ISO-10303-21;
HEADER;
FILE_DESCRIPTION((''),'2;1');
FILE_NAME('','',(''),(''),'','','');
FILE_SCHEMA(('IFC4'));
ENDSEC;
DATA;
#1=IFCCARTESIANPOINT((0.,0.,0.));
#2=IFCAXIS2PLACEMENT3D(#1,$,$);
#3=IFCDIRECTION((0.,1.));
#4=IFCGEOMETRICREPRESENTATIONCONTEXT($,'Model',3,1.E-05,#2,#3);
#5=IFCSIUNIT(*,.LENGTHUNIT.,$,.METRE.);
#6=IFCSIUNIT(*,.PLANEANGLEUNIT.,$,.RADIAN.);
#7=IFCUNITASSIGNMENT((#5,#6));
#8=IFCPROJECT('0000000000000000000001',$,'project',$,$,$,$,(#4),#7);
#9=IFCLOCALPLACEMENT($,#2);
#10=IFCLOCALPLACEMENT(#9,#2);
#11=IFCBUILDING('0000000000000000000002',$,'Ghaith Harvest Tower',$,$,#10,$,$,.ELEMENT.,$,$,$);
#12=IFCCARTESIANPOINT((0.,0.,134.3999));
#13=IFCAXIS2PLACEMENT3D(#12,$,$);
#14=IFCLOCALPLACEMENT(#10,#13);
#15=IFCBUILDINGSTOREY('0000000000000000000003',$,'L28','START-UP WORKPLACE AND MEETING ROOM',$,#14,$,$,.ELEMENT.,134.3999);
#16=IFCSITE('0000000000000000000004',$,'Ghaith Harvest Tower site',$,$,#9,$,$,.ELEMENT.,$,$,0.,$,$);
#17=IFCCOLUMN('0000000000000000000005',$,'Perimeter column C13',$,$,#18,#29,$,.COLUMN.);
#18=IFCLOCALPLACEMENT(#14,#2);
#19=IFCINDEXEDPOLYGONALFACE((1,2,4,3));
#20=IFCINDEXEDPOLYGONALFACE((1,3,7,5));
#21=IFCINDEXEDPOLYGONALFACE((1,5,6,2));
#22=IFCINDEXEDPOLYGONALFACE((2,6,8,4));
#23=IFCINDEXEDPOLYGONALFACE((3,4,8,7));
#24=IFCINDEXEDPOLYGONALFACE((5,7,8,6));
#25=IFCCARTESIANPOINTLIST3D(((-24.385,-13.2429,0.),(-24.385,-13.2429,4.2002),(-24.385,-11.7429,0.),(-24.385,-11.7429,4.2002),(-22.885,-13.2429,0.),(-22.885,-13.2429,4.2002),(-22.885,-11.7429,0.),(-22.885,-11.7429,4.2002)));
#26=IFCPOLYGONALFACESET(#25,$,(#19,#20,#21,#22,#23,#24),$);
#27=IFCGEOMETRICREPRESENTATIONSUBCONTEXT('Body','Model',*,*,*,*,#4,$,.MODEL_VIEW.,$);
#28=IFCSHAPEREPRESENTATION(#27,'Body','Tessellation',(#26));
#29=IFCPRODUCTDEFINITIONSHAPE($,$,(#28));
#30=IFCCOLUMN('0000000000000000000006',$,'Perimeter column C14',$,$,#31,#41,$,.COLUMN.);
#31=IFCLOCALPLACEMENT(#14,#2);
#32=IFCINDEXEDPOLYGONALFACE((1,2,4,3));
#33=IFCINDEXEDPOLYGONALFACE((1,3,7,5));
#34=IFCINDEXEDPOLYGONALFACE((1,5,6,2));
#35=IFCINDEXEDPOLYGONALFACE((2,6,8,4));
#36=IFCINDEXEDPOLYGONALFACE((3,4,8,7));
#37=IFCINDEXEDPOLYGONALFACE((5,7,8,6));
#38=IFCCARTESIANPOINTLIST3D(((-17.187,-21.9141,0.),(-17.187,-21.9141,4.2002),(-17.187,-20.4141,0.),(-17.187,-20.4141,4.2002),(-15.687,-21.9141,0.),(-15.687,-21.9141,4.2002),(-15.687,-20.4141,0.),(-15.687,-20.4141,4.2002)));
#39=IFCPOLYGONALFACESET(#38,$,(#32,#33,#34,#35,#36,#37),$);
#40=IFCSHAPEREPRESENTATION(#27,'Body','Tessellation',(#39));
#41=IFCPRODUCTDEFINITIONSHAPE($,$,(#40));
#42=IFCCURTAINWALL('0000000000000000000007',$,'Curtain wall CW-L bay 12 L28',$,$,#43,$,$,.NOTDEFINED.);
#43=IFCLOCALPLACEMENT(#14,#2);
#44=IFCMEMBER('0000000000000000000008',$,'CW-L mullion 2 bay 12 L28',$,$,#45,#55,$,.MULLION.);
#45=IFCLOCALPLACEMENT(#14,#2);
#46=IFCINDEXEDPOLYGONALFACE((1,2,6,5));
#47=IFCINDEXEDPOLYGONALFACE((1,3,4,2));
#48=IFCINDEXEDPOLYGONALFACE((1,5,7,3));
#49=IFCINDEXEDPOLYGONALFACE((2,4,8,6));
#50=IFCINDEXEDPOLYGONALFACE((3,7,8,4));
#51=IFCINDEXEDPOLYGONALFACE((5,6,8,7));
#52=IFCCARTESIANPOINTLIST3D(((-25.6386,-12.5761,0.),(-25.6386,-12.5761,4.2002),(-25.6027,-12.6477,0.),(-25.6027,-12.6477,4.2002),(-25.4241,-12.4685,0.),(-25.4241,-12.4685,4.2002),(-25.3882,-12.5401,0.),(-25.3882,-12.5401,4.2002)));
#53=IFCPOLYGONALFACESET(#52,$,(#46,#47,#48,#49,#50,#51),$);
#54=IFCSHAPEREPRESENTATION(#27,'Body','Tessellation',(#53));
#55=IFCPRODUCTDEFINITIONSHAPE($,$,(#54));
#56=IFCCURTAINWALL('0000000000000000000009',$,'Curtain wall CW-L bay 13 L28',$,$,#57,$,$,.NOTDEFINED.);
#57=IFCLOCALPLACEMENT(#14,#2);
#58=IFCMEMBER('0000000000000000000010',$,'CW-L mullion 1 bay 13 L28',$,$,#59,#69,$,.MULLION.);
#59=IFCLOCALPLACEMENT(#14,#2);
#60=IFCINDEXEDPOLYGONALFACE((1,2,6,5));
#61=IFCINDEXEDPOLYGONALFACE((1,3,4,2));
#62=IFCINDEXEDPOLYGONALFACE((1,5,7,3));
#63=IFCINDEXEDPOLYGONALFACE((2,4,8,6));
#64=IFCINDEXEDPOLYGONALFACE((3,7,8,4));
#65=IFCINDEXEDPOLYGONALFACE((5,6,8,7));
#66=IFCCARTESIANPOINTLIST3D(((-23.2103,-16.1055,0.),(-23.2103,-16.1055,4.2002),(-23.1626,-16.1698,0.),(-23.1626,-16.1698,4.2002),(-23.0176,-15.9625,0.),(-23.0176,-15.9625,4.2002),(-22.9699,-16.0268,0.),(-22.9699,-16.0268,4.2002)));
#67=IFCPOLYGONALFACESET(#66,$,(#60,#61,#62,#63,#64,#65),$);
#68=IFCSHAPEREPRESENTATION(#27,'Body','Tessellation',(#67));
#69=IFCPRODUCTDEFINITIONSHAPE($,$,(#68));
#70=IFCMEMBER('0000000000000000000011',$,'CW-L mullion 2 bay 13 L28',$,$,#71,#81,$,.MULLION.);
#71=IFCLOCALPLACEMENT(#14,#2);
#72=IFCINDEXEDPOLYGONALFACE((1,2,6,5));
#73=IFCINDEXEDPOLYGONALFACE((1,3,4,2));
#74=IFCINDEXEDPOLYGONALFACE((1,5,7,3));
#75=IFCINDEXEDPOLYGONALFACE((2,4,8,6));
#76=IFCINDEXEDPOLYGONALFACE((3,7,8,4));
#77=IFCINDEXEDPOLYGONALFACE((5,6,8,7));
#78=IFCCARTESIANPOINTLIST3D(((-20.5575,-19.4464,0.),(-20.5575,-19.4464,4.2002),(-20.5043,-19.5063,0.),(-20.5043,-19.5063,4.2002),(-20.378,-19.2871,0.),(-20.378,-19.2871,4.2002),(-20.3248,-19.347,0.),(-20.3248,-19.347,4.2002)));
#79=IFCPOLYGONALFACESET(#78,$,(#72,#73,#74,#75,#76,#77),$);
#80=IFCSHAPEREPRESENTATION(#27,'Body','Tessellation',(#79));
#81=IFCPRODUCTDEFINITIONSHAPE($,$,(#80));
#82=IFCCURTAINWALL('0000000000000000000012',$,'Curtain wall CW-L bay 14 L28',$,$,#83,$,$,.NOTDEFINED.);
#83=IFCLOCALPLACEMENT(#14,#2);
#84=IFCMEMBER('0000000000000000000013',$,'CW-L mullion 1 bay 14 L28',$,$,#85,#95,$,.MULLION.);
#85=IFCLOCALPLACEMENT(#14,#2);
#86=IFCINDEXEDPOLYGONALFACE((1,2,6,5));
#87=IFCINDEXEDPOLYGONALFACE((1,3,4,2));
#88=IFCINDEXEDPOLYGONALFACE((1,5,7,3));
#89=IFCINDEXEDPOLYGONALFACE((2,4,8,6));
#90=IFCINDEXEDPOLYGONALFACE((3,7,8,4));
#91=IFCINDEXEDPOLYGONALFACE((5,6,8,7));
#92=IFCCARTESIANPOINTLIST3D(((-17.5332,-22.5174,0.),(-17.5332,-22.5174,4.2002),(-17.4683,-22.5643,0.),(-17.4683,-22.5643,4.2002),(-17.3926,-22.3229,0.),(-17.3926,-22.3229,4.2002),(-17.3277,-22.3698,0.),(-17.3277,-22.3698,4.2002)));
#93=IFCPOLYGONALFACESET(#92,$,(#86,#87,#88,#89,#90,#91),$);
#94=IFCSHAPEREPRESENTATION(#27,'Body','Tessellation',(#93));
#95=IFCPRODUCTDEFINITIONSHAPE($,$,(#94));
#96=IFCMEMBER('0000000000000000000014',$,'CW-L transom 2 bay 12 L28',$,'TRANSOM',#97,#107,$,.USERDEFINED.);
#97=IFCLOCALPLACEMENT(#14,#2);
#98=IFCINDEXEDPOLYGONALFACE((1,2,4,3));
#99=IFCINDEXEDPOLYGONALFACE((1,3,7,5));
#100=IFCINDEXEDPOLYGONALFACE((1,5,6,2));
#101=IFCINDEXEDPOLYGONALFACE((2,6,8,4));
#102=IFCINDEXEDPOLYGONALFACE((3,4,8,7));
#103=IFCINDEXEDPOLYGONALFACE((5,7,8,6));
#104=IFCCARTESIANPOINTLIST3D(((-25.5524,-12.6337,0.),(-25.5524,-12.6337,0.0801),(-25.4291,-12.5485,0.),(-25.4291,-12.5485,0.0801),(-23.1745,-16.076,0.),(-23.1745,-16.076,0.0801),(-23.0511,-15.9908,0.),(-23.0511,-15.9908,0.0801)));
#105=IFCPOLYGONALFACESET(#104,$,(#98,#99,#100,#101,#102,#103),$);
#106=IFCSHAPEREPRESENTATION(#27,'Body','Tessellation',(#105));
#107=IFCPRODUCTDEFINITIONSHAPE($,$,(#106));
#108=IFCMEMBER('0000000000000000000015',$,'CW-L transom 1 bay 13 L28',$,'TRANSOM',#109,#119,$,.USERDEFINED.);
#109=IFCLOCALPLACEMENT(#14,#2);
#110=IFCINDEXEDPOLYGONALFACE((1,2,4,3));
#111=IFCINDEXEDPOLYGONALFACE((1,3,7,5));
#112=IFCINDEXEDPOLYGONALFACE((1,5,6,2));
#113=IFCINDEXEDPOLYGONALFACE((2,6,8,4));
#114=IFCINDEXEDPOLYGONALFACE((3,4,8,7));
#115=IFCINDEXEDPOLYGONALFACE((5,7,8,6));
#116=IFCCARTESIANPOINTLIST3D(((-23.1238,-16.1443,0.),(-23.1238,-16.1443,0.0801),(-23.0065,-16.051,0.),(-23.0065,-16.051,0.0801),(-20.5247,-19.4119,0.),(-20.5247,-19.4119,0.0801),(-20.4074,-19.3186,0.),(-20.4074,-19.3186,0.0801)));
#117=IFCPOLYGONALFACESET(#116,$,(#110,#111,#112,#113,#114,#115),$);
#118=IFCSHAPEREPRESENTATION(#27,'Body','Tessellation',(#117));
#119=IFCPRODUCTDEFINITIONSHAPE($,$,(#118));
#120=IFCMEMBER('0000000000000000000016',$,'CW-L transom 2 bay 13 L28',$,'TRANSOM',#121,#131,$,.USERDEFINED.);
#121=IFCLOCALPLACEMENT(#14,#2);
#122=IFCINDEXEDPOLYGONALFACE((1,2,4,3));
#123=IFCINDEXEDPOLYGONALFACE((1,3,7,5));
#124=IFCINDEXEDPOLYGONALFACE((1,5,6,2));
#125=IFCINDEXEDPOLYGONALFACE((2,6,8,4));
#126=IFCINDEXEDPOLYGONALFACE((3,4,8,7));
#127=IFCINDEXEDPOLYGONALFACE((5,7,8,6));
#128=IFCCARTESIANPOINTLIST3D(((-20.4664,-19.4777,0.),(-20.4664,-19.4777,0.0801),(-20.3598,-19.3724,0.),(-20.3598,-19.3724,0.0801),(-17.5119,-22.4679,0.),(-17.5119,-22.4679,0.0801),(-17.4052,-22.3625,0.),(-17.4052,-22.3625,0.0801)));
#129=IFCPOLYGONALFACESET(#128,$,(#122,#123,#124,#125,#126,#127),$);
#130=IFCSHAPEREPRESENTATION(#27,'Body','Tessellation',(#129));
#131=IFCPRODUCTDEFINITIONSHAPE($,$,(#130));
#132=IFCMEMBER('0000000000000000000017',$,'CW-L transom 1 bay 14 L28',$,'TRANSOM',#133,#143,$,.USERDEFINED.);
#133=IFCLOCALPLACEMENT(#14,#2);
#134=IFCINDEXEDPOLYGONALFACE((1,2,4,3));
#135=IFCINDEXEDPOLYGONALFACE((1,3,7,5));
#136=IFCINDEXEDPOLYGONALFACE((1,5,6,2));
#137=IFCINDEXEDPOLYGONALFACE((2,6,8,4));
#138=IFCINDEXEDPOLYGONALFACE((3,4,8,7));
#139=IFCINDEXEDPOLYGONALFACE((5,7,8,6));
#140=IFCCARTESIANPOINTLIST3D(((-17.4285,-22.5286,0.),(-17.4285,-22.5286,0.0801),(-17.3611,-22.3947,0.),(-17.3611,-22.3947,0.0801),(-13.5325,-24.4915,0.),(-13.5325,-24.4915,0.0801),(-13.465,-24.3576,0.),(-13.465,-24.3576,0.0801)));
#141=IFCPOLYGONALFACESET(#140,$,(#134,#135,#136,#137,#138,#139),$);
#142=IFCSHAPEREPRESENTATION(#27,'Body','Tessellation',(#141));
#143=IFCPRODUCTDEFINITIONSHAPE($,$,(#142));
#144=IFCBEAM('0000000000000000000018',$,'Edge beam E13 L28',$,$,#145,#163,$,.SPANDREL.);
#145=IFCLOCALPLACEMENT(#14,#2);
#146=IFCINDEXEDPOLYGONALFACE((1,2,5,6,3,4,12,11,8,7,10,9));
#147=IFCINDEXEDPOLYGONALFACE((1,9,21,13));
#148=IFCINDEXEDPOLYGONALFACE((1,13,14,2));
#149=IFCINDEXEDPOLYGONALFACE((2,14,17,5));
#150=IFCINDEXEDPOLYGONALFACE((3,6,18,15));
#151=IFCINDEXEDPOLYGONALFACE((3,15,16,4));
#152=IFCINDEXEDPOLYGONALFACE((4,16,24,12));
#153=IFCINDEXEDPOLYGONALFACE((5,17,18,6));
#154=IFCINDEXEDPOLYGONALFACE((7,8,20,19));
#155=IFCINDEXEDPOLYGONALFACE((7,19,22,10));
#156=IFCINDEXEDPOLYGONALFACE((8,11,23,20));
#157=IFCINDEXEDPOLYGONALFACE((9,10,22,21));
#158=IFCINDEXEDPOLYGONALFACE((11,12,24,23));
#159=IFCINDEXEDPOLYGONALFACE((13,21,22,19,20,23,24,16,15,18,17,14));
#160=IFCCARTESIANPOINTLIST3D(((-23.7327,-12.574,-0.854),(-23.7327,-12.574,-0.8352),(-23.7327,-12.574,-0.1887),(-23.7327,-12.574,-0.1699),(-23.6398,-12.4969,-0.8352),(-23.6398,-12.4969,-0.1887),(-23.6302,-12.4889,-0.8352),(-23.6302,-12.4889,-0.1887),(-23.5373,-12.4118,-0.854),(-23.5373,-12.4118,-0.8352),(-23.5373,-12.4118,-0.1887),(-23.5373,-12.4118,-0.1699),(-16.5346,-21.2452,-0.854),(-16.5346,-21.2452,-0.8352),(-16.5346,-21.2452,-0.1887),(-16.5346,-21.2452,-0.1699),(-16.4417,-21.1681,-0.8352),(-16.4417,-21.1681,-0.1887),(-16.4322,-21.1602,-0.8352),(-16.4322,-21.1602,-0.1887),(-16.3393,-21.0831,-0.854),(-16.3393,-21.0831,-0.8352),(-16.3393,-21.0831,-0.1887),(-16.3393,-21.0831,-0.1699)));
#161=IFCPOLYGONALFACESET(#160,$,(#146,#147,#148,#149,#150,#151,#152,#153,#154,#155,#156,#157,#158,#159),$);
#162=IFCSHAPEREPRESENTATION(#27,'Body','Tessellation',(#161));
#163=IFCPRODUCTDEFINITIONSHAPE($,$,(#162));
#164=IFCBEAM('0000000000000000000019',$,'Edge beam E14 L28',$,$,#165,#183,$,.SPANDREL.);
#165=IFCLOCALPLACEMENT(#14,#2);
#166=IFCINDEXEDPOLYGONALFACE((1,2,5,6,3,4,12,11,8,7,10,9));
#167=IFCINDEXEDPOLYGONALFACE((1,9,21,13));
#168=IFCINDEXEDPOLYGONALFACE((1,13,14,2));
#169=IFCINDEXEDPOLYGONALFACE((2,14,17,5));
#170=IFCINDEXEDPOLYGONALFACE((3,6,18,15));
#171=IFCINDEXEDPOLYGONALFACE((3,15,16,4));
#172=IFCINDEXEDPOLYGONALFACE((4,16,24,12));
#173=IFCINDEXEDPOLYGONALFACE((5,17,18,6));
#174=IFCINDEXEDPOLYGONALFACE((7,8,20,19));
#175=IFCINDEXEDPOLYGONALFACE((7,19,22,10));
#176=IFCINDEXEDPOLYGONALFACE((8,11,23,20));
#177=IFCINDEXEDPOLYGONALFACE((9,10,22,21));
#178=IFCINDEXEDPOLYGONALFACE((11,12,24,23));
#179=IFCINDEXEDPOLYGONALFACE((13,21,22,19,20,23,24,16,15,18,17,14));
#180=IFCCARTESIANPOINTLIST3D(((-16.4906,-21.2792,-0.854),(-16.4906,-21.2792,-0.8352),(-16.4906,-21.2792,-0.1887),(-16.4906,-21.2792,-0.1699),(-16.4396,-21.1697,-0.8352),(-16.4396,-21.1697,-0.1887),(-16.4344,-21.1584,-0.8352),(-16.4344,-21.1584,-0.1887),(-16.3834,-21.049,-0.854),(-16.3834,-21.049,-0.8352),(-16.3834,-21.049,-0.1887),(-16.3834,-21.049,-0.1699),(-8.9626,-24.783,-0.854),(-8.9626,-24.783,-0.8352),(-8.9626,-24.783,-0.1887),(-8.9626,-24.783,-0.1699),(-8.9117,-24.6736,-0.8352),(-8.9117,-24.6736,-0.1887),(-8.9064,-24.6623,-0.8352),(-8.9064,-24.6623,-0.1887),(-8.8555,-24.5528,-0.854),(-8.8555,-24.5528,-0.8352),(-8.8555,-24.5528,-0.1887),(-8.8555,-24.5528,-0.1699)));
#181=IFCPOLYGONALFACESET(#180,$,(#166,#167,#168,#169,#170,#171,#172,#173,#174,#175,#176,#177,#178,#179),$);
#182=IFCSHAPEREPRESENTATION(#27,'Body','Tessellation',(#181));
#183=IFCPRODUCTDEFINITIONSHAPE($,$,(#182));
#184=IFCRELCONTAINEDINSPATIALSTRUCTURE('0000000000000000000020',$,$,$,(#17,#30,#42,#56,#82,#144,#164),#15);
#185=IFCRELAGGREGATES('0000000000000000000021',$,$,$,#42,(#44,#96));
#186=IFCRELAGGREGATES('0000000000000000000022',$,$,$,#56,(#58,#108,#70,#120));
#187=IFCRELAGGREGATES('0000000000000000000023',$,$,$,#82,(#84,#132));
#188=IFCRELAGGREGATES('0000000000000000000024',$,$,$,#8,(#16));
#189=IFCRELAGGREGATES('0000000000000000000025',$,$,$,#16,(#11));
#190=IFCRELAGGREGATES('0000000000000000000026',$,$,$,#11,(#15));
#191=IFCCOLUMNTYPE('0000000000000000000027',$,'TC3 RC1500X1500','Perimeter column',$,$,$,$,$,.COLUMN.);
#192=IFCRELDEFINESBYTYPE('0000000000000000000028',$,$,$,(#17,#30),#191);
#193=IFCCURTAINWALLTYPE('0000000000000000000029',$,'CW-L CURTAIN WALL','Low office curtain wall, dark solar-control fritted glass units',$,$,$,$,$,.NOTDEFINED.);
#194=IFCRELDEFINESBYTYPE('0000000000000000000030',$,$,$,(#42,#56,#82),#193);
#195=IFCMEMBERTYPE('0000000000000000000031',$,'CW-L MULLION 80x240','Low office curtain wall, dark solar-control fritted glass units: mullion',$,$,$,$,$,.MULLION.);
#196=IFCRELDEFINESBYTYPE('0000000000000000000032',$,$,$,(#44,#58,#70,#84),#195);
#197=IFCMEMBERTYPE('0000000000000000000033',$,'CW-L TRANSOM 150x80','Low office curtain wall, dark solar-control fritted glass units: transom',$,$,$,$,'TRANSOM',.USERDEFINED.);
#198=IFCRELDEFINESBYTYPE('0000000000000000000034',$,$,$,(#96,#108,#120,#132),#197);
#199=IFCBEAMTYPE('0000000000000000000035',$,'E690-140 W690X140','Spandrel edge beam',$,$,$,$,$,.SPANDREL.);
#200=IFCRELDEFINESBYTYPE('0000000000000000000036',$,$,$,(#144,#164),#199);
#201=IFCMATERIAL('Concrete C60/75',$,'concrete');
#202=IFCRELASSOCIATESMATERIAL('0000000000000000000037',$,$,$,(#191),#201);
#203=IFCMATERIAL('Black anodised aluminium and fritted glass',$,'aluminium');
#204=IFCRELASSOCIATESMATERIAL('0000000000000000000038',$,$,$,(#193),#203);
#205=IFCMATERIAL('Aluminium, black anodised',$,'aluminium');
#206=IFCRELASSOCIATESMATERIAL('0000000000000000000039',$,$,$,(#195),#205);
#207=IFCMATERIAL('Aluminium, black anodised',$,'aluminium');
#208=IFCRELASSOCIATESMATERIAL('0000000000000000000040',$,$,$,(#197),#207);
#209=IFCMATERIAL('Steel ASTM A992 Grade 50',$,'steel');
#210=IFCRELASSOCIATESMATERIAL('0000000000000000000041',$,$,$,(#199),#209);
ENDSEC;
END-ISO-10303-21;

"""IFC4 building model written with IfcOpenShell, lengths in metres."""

from ifc_helpers import new_model, si_unit, direction, frame, origin, origin_2d, place, context, subcontext, project, spatial, rectangle, i_section, extrude, material, material_profile, profile_set, type_object, element, aggregate, save


model = new_model("IFC4")

# Units and contexts
model_context = context("Model", 3, precision=1e-05, world=origin(), true_north=direction((0.0, 1.0)))
body_context = subcontext(model_context, "Body", "Model", "MODEL_VIEW")
ifc_project = project(units=[si_unit("LENGTHUNIT", "METRE"), si_unit("PLANEANGLEUNIT", "RADIAN")], contexts=[model_context])

# Site, building, storey
site_placement = place(None, origin())
site = spatial("IfcSite", under=ifc_project, at=site_placement, Name="Ghaith Harvest Tower site", CompositionType="ELEMENT", RefElevation=0.0)
building_placement = place(site_placement, origin())
building = spatial("IfcBuilding", under=site, at=building_placement, Name="Ghaith Harvest Tower", CompositionType="ELEMENT")
storey_placement = place(building_placement, frame((0.0, 0.0, 134.3999)))
storey = spatial("IfcBuildingStorey", under=building, at=storey_placement, Name="L28", Description="START-UP WORKPLACE AND MEETING ROOM", CompositionType="ELEMENT", Elevation=134.3999)

# Columns
ifc_material_1 = material(Name="Concrete C60/75", Category="concrete")
ifc_material_profile_1 = material_profile(ifc_material_1, rectangle(XDim=1.5, YDim=1.5, at=origin_2d()), Name="RC1500X1500")
ifc_profile_set_1 = profile_set([ifc_material_profile_1], Name="Concrete C60/75")
column_type = type_object("IfcColumnType", Name="TC3 RC1500X1500", Description="Perimeter column", PredefinedType="COLUMN", material=ifc_profile_set_1)
for number, where, z_axis, x_axis, name in (
    (1, (-23.635, -12.4929, 0.0), (0.0, 0.0, 1.0), (1.0, 0.0, 0.0), "Perimeter column C13"),
    (2, (-16.437, -21.1641, 0.0), (0.0, 0.0, 1.0), (1.0, 0.0, 0.0), "Perimeter column C14"),
):
    element("IfcColumn", number, at=place(storey_placement, frame(where, z_axis=z_axis, x_axis=x_axis)), inside=storey, type_object=column_type, Name=name, PredefinedType="COLUMN", context=body_context, shape_type="SweptSolid", body=[
        extrude(rectangle(XDim=1.5, YDim=1.5, at=origin_2d()), origin(), (0.0, 0.0, 1.0), 4.2002),
    ])

# Curtain wall, member
ifc_material_2 = material(Name="Black anodised aluminium and fritted glass", Category="aluminium")
curtain_wall_type = type_object("IfcCurtainWallType", Name="CW-L CURTAIN WALL", Description="Low office curtain wall, dark solar-control fritted glass units", PredefinedType="NOTDEFINED", material=ifc_material_2)
curtain_wall_1_placement = place(storey_placement, origin())
curtain_wall_1 = element("IfcCurtainWall", 3, at=curtain_wall_1_placement, inside=storey, type_object=curtain_wall_type, Name="Curtain wall CW-L bay 12 L28", PredefinedType="NOTDEFINED")
ifc_material_3 = material(Name="Aluminium, black anodised", Category="aluminium")
ifc_material_profile_2 = material_profile(ifc_material_3, rectangle(XDim=0.0801, YDim=0.24, at=origin_2d()), Name="CW-L MULLION 80x240")
ifc_profile_set_2 = profile_set([ifc_material_profile_2], Name="Aluminium, black anodised")
member_type_1 = type_object("IfcMemberType", Name="CW-L MULLION 80x240", Description="Low office curtain wall, dark solar-control fritted glass units: mullion", PredefinedType="MULLION", material=ifc_profile_set_2)
member_1_placement = place(storey_placement, frame((-25.5134, -12.5581, 0.0), z_axis=(0.0, 0.0, 1.0), x_axis=(0.448267, -0.8939, 0.0)))
member_1 = element("IfcMember", 4, at=member_1_placement, type_object=member_type_1, Name="CW-L mullion 2 bay 12 L28", PredefinedType="MULLION", context=body_context, shape_type="SweptSolid", body=[
    extrude(rectangle(XDim=0.0801, YDim=0.24, at=origin_2d()), origin(), (0.0, 0.0, 1.0), 4.2002),
])

# Curtain wall, members
curtain_wall_2_placement = place(storey_placement, origin())
curtain_wall_2 = element("IfcCurtainWall", 5, at=curtain_wall_2_placement, inside=storey, type_object=curtain_wall_type, Name="Curtain wall CW-L bay 13 L28", PredefinedType="NOTDEFINED")
member_2_placement = place(storey_placement, frame((-23.0901, -16.0662, 0.0), z_axis=(0.0, 0.0, 1.0), x_axis=(0.59574, -0.803177, 0.0)))
member_2 = element("IfcMember", 6, at=member_2_placement, type_object=member_type_1, Name="CW-L mullion 1 bay 13 L28", PredefinedType="MULLION", context=body_context, shape_type="SweptSolid", body=[
    extrude(rectangle(XDim=0.0801, YDim=0.24, at=origin_2d()), origin(), (0.0, 0.0, 1.0), 4.2002),
])
member_3_placement = place(storey_placement, frame((-20.4412, -19.3967, 0.0), z_axis=(0.0, 0.0, 1.0), x_axis=(0.663765, -0.747941, 0.0)))
member_3 = element("IfcMember", 7, at=member_3_placement, type_object=member_type_1, Name="CW-L mullion 2 bay 13 L28", PredefinedType="MULLION", context=body_context, shape_type="SweptSolid", body=[
    extrude(rectangle(XDim=0.0801, YDim=0.24, at=origin_2d()), origin(), (0.0, 0.0, 1.0), 4.2002),
])

# Curtain wall, member
curtain_wall_3_placement = place(storey_placement, origin())
curtain_wall_3 = element("IfcCurtainWall", 8, at=curtain_wall_3_placement, inside=storey, type_object=curtain_wall_type, Name="Curtain wall CW-L bay 14 L28", PredefinedType="NOTDEFINED")
member_4_placement = place(storey_placement, frame((-17.4304, -22.4436, 0.0), z_axis=(0.0, 0.0, 1.0), x_axis=(0.810339, -0.585961, 0.0)))
member_4 = element("IfcMember", 9, at=member_4_placement, type_object=member_type_1, Name="CW-L mullion 1 bay 14 L28", PredefinedType="MULLION", context=body_context, shape_type="SweptSolid", body=[
    extrude(rectangle(XDim=0.0801, YDim=0.24, at=origin_2d()), origin(), (0.0, 0.0, 1.0), 4.2002),
])

# Members
ifc_material_4 = material(Name="Aluminium, black anodised", Category="aluminium")
ifc_material_profile_3 = material_profile(ifc_material_4, rectangle(XDim=0.1499, YDim=0.0801, at=origin_2d()), Name="CW-L TRANSOM 150x80")
ifc_profile_set_3 = profile_set([ifc_material_profile_3], Name="Aluminium, black anodised")
member_type_2 = type_object("IfcMemberType", Name="CW-L TRANSOM 150x80", Description="Low office curtain wall, dark solar-control fritted glass units: transom", ElementType="TRANSOM", PredefinedType="USERDEFINED", material=ifc_profile_set_3)
member_5_placement = place(storey_placement, frame((-25.4907, -12.5911, 0.04), z_axis=(0.56836, -0.82278, 0.0), x_axis=(0.82278, 0.56836, 0.0)))
member_5 = element("IfcMember", 10, at=member_5_placement, type_object=member_type_2, Name="CW-L transom 2 bay 12 L28", ObjectType="TRANSOM", PredefinedType="USERDEFINED", context=body_context, shape_type="SweptSolid", body=[
    extrude(rectangle(XDim=0.1499, YDim=0.0801, at=origin_2d()), origin(), (0.0, 0.0, 1.0), 4.1838),
])
member_6_placement = place(storey_placement, frame((-23.0652, -16.0977, 0.04), z_axis=(0.622511, -0.782611, 0.0), x_axis=(0.782611, 0.622511, 0.0)))
member_6 = element("IfcMember", 11, at=member_6_placement, type_object=member_type_2, Name="CW-L transom 1 bay 13 L28", ObjectType="TRANSOM", PredefinedType="USERDEFINED", context=body_context, shape_type="SweptSolid", body=[
    extrude(rectangle(XDim=0.1499, YDim=0.0801, at=origin_2d()), origin(), (0.0, 0.0, 1.0), 4.1753),
])
member_7_placement = place(storey_placement, frame((-20.4131, -19.425, 0.04), z_axis=(0.702854, -0.711334, 0.0), x_axis=(0.711334, 0.702854, 0.0)))
member_7 = element("IfcMember", 12, at=member_7_placement, type_object=member_type_2, Name="CW-L transom 2 bay 13 L28", ObjectType="TRANSOM", PredefinedType="USERDEFINED", context=body_context, shape_type="SweptSolid", body=[
    extrude(rectangle(XDim=0.1499, YDim=0.0801, at=origin_2d()), origin(), (0.0, 0.0, 1.0), 4.2036),
])
member_8_placement = place(storey_placement, frame((-17.3948, -22.4617, 0.04), z_axis=(0.893058, -0.449943, 0.0), x_axis=(0.449943, 0.893058, 0.0)))
member_8 = element("IfcMember", 13, at=member_8_placement, type_object=member_type_2, Name="CW-L transom 1 bay 14 L28", ObjectType="TRANSOM", PredefinedType="USERDEFINED", context=body_context, shape_type="SweptSolid", body=[
    extrude(rectangle(XDim=0.1499, YDim=0.0801, at=origin_2d()), origin(), (0.0, 0.0, 1.0), 4.3625),
])

# Beams
ifc_material_5 = material(Name="Steel ASTM A992 Grade 50", Category="steel")
ifc_material_profile_4 = material_profile(ifc_material_5, i_section(OverallWidth=0.2539, OverallDepth=0.6841, WebThickness=0.0125, FlangeThickness=0.0188, at=origin_2d()), Name="W690X140")
ifc_profile_set_4 = profile_set([ifc_material_profile_4], Name="Steel ASTM A992 Grade 50")
beam_type = type_object("IfcBeamType", Name="E690-140 W690X140", Description="Spandrel edge beam", PredefinedType="SPANDREL", material=ifc_profile_set_4)
beam_1_placement = place(storey_placement, frame((-23.635, -12.4929, -0.512), z_axis=(0.638719, -0.76944, 0.0), x_axis=(0.76944, 0.638719, 0.0)))
element("IfcBeam", 14, at=beam_1_placement, inside=storey, type_object=beam_type, Name="Edge beam E13 L28", PredefinedType="SPANDREL", context=body_context, shape_type="SweptSolid", body=[
    extrude(i_section(OverallWidth=0.2539, OverallDepth=0.6841, WebThickness=0.0125, FlangeThickness=0.0188, at=origin_2d()), origin(), (0.0, 0.0, 1.0), 11.2695),
])
beam_2_placement = place(storey_placement, frame((-16.437, -21.1641, -0.512), z_axis=(0.906607, -0.421976, 0.0), x_axis=(0.421976, 0.906607, 0.0)))
element("IfcBeam", 15, at=beam_2_placement, inside=storey, type_object=beam_type, Name="Edge beam E14 L28", PredefinedType="SPANDREL", context=body_context, shape_type="SweptSolid", body=[
    extrude(i_section(OverallWidth=0.2539, OverallDepth=0.6841, WebThickness=0.0125, FlangeThickness=0.0188, at=origin_2d()), origin(), (0.0, 0.0, 1.0), 8.3035),
])

aggregate(curtain_wall_1, [member_1, member_5])
aggregate(curtain_wall_2, [member_2, member_6, member_3, member_7])
aggregate(curtain_wall_3, [member_4, member_8])

save(model, "model.ifc")
